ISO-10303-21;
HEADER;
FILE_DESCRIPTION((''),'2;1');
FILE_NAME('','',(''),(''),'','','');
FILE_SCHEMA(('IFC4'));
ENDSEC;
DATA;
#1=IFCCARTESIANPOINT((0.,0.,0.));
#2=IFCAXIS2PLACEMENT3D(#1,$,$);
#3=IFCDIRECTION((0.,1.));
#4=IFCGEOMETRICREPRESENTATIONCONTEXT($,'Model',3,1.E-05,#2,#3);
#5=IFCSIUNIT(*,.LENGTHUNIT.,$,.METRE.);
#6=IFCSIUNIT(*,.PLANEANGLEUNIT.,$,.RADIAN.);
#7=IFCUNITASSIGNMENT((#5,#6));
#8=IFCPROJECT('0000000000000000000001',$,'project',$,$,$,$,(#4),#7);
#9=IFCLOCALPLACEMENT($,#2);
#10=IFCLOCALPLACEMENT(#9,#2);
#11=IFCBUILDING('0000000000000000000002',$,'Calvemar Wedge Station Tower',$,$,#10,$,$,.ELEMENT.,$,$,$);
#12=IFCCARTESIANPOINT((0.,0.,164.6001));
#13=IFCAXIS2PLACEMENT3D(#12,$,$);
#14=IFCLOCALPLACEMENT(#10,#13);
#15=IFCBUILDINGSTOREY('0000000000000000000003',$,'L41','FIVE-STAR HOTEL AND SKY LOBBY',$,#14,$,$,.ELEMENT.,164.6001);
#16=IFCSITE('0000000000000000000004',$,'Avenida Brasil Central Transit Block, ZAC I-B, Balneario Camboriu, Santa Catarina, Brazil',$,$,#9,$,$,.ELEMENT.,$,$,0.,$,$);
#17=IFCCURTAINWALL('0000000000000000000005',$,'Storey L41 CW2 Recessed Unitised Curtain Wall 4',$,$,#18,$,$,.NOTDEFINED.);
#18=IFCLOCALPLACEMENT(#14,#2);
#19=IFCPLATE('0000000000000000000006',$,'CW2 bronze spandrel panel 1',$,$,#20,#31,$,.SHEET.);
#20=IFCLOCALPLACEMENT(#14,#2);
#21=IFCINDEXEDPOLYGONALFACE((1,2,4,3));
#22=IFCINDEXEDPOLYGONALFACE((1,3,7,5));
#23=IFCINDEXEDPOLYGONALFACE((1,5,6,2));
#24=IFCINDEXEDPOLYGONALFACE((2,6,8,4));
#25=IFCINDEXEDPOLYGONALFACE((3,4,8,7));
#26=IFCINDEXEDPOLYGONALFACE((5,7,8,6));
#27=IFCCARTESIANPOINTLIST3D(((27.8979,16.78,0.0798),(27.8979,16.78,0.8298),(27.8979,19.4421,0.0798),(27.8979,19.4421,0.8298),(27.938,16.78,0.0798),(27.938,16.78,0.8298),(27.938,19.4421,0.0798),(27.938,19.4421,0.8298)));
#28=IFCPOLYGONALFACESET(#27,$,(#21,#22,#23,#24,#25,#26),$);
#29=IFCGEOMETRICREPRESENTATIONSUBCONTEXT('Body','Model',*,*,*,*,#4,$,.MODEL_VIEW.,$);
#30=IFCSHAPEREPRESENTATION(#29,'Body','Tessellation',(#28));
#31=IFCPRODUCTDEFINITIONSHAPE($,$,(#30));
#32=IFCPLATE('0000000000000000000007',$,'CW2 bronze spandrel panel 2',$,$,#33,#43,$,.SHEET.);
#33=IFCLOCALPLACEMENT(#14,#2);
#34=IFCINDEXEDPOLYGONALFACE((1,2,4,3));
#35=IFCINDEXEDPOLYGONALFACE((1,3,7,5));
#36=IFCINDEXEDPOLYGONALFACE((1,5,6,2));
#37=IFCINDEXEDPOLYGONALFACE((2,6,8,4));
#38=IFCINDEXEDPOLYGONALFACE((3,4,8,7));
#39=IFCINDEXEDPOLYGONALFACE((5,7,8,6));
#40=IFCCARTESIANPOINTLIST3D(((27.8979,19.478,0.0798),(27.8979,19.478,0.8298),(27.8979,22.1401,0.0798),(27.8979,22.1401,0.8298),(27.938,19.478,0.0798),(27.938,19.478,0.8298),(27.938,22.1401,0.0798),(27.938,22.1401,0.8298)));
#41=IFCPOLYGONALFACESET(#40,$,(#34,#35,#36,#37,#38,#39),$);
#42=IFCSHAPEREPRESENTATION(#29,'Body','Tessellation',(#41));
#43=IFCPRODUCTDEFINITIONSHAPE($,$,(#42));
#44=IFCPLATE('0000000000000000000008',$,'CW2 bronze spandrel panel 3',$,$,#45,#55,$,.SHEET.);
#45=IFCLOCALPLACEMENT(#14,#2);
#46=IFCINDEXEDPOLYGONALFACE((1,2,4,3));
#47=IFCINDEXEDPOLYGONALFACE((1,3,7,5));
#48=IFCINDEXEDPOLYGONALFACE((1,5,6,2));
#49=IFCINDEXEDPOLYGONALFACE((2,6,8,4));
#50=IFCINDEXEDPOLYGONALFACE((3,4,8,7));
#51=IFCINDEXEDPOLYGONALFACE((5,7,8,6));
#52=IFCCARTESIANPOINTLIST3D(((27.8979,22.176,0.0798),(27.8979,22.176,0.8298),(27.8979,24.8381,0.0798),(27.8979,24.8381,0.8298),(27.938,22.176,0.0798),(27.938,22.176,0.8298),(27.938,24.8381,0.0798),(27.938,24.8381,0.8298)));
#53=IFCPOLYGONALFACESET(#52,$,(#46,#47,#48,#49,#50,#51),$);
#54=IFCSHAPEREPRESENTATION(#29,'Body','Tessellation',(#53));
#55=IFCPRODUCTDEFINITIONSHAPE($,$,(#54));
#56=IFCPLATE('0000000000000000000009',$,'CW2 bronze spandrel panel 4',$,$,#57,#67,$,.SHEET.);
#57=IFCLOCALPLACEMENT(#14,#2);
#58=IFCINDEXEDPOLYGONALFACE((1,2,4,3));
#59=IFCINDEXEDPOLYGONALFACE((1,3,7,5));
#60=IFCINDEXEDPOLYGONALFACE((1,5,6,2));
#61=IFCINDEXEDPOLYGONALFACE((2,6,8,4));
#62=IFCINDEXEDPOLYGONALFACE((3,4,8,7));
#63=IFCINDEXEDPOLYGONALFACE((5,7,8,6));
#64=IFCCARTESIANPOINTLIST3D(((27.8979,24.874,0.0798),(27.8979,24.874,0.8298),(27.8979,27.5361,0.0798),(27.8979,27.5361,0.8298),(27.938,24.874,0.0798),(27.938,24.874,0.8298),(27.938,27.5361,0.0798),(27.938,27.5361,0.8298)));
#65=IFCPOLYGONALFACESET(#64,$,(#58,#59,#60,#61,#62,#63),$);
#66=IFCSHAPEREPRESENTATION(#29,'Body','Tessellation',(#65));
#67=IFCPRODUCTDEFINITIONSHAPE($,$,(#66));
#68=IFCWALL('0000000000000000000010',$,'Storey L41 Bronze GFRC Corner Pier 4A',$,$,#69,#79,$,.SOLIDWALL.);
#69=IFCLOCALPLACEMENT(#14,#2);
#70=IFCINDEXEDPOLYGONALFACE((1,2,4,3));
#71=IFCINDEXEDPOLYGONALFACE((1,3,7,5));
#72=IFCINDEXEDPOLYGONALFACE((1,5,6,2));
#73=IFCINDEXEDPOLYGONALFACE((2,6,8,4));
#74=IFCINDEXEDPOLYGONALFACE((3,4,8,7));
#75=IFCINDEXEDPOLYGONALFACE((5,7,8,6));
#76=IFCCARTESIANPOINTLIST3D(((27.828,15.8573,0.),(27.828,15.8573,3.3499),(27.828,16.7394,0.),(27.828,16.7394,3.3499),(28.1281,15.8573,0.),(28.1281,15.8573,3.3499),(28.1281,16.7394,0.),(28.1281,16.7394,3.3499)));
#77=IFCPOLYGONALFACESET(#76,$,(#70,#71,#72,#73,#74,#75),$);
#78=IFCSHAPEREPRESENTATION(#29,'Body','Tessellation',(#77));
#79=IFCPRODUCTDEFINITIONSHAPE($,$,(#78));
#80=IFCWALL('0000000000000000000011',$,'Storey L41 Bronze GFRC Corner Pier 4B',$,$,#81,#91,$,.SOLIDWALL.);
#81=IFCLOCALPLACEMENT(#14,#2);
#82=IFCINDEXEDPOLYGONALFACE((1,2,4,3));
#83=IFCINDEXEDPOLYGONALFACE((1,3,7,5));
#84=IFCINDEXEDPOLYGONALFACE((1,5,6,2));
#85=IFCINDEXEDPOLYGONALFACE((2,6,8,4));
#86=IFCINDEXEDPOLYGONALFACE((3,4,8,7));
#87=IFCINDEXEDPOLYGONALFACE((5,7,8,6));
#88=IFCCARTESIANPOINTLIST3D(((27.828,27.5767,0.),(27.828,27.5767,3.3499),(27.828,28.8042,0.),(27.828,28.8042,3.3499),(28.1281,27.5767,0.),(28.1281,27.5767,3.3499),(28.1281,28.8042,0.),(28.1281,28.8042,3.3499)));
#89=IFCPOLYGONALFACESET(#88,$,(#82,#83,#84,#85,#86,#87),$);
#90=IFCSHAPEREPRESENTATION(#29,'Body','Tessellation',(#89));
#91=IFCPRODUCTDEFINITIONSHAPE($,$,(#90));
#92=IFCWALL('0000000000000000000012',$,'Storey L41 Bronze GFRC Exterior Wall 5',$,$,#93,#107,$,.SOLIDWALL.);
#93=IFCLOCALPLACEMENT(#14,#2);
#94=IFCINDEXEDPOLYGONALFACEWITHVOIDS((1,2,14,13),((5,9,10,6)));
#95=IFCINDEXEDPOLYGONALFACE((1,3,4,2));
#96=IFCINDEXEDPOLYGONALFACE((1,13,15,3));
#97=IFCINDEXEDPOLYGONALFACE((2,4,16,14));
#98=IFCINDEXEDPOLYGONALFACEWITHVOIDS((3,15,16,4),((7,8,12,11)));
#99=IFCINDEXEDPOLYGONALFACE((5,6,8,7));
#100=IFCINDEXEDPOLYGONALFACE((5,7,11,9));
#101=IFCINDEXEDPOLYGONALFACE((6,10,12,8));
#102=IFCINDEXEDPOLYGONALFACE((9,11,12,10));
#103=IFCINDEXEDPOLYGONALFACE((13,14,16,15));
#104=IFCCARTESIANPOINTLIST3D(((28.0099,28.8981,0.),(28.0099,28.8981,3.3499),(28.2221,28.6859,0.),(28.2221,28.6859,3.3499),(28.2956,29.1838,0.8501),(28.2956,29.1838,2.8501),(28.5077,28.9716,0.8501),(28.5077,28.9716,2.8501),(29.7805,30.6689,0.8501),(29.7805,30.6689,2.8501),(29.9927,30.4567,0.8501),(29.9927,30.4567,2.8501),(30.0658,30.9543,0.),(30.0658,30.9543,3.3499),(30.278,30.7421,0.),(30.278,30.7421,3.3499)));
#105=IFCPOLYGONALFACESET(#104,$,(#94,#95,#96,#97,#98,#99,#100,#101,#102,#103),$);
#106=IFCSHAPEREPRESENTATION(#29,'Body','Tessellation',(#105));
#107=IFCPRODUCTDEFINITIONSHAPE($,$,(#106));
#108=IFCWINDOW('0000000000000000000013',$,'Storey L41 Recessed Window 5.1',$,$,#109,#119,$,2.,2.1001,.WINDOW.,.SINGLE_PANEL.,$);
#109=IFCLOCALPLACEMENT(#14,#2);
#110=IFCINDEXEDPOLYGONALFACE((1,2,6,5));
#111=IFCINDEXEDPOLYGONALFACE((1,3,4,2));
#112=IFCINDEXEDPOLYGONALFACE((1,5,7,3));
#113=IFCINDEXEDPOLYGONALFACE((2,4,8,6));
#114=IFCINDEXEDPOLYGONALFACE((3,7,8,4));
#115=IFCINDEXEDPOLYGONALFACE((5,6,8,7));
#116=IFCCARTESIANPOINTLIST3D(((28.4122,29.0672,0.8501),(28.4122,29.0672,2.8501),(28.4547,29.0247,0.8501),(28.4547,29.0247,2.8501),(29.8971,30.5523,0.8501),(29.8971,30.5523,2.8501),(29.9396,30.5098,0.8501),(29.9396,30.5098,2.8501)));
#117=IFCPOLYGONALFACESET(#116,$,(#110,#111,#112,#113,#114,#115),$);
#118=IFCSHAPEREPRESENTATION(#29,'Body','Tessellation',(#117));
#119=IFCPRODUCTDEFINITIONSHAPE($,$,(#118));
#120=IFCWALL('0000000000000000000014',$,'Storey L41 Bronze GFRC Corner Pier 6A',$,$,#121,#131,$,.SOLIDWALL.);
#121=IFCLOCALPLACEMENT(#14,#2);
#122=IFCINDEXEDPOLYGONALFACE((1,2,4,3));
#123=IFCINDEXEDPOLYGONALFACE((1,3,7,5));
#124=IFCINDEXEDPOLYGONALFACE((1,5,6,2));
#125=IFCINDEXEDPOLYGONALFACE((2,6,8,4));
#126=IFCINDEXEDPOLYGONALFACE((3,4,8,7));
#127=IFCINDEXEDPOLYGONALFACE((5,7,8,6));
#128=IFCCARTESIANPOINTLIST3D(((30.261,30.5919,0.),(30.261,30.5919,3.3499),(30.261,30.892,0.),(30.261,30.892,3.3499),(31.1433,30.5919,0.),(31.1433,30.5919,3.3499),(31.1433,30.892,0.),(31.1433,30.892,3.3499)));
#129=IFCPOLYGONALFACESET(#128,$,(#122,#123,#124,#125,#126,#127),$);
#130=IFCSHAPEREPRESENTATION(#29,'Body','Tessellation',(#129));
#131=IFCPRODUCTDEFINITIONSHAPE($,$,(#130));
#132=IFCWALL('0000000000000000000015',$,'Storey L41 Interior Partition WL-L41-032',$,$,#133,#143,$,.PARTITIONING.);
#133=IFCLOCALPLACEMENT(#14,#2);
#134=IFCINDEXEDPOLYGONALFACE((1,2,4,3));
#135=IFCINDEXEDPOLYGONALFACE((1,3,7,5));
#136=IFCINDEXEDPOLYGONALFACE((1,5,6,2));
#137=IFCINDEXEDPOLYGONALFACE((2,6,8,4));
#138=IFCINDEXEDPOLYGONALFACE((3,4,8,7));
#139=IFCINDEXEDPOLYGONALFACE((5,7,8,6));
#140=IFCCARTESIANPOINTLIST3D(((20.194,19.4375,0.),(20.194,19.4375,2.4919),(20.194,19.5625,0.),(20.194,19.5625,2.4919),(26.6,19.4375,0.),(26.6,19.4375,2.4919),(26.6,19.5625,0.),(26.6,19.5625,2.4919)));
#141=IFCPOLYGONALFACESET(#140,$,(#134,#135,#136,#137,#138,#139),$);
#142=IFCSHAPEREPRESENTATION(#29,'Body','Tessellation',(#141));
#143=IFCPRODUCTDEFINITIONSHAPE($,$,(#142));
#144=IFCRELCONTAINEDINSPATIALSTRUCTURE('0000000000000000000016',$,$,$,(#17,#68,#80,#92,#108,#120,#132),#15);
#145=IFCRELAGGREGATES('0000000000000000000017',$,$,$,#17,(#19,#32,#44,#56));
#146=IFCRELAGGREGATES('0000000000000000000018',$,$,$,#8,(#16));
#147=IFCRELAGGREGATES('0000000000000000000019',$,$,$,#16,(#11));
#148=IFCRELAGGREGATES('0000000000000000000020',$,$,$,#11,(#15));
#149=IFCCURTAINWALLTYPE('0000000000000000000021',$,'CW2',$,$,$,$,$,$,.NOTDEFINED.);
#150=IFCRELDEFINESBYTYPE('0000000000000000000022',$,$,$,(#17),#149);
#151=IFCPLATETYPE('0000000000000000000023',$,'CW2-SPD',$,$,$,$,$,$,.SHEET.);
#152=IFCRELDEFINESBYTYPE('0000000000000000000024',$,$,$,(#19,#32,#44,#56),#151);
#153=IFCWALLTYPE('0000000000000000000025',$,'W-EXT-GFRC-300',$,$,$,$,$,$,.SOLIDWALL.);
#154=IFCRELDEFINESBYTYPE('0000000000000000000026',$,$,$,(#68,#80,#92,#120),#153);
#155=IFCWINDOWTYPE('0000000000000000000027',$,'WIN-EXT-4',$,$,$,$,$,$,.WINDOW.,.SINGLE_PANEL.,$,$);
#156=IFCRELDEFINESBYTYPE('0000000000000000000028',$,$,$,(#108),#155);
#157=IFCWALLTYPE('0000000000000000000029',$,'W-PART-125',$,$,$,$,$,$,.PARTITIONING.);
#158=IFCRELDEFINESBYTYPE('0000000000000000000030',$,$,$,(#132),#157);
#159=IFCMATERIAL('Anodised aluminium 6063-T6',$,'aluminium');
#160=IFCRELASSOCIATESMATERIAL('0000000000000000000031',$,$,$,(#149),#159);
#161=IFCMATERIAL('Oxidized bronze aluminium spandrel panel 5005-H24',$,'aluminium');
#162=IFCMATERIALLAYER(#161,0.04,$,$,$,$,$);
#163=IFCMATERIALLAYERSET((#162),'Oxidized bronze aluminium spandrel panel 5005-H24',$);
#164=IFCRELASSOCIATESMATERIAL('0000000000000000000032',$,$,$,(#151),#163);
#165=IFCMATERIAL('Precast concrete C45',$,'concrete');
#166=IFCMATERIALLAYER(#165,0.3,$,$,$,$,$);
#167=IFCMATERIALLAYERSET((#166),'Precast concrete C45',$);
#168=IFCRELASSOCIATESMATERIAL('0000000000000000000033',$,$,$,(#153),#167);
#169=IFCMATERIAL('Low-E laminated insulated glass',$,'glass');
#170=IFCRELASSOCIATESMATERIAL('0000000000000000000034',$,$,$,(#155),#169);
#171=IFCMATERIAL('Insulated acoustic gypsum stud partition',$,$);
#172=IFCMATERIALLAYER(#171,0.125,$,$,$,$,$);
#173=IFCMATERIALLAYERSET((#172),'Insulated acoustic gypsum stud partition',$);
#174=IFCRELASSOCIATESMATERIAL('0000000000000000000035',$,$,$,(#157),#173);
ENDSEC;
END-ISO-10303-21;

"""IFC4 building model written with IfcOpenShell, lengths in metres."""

from ifc_helpers import new_model, si_unit, direction, frame, frame_2d, origin, place, context, subcontext, project, spatial, rectangle, extrude, source, transform, mapped, material, layer, layer_set, type_object, element, fill, aggregate, save


model = new_model("IFC4")

# Units and contexts
model_context = context("Model", 3, precision=1e-05, world=origin(), true_north=direction((0.0, 1.0)))
body_context = subcontext(model_context, "Body", "Model", "MODEL_VIEW")
ifc_project = project(units=[si_unit("LENGTHUNIT", "METRE"), si_unit("PLANEANGLEUNIT", "RADIAN")], contexts=[model_context])

# Site, building, storey
site_placement = place(None, origin())
site = spatial("IfcSite", under=ifc_project, at=site_placement, Name="Avenida Brasil Central Transit Block, ZAC I-B, Balneario Camboriu, Santa Catarina, Brazil", CompositionType="ELEMENT", RefElevation=0.0)
building_placement = place(site_placement, origin())
building = spatial("IfcBuilding", under=site, at=building_placement, Name="Calvemar Wedge Station Tower", CompositionType="ELEMENT")
storey_placement = place(building_placement, frame((0.0, 0.0, 164.6001)))
storey = spatial("IfcBuildingStorey", under=building, at=storey_placement, Name="L41", Description="FIVE-STAR HOTEL AND SKY LOBBY", CompositionType="ELEMENT", Elevation=164.6001)

# Curtain wall
ifc_material_1 = material(Name="Anodised aluminium 6063-T6", Category="aluminium")
curtain_wall_type = type_object("IfcCurtainWallType", Name="CW2", PredefinedType="NOTDEFINED", material=ifc_material_1)
curtain_wall_1_placement = place(storey_placement, origin())
curtain_wall_1 = element("IfcCurtainWall", 1, at=curtain_wall_1_placement, inside=storey, type_object=curtain_wall_type, Name="Storey L41 CW2 Recessed Unitised Curtain Wall 4", PredefinedType="NOTDEFINED")

# Plates
ifc_material_2 = material(Name="Low-E laminated insulated glass", Category="glass")
ifc_material_3 = material(Name="Oxidized bronze aluminium spandrel panel 5005-H24", Category="aluminium")
ifc_layer_1 = layer(ifc_material_3, 0.04)
ifc_layer_set_1 = layer_set([ifc_layer_1], Name="Oxidized bronze aluminium spandrel panel 5005-H24")
plate_type_1 = type_object("IfcPlateType", Name="CW2-SPD", PredefinedType="SHEET", material=ifc_layer_set_1)
plate_1_placement = place(storey_placement, frame((27.918, 16.78, 0.0798), z_axis=(0.0, 0.0, 1.0), x_axis=(0.0, 1.0, 0.0)))
plate_1 = element("IfcPlate", 2, at=plate_1_placement, type_object=plate_type_1, Name="CW2 bronze spandrel panel 1", PredefinedType="SHEET", context=body_context, shape_type="SweptSolid", body=[
    extrude(rectangle(XDim=2.6621, YDim=0.04, at=frame_2d((1.3311, 0.0))), origin(), (0.0, 0.0, 1.0), 0.75),
])
plate_2_placement = place(storey_placement, frame((27.918, 19.478, 0.0798), z_axis=(0.0, 0.0, 1.0), x_axis=(0.0, 1.0, 0.0)))
plate_2 = element("IfcPlate", 3, at=plate_2_placement, type_object=plate_type_1, Name="CW2 bronze spandrel panel 2", PredefinedType="SHEET", context=body_context, shape_type="SweptSolid", body=[
    extrude(rectangle(XDim=2.6621, YDim=0.04, at=frame_2d((1.3311, 0.0))), origin(), (0.0, 0.0, 1.0), 0.75),
])
plate_3_placement = place(storey_placement, frame((27.918, 22.176, 0.0798), z_axis=(0.0, 0.0, 1.0), x_axis=(0.0, 1.0, 0.0)))
plate_3 = element("IfcPlate", 4, at=plate_3_placement, type_object=plate_type_1, Name="CW2 bronze spandrel panel 3", PredefinedType="SHEET", context=body_context, shape_type="SweptSolid", body=[
    extrude(rectangle(XDim=2.6621, YDim=0.04, at=frame_2d((1.3311, 0.0))), origin(), (0.0, 0.0, 1.0), 0.75),
])
plate_4_placement = place(storey_placement, frame((27.918, 24.874, 0.0798), z_axis=(0.0, 0.0, 1.0), x_axis=(0.0, 1.0, 0.0)))
plate_4 = element("IfcPlate", 5, at=plate_4_placement, type_object=plate_type_1, Name="CW2 bronze spandrel panel 4", PredefinedType="SHEET", context=body_context, shape_type="SweptSolid", body=[
    extrude(rectangle(XDim=2.6621, YDim=0.04, at=frame_2d((1.3311, 0.0))), origin(), (0.0, 0.0, 1.0), 0.75),
])
aggregate(curtain_wall_1, [plate_1, plate_2, plate_3, plate_4])

# Walls
ifc_material_4 = material(Name="Precast concrete C45", Category="concrete")
ifc_layer_2 = layer(ifc_material_4, 0.3)
ifc_layer_set_2 = layer_set([ifc_layer_2], Name="Precast concrete C45")
wall_type_1 = type_object("IfcWallType", Name="W-EXT-GFRC-300", PredefinedType="SOLIDWALL", material=ifc_layer_set_2)
wall_1_placement = place(storey_placement, frame((27.978, 15.8574, 0.0), z_axis=(0.0, 0.0, 1.0), x_axis=(0.0, 1.0, 0.0)))
element("IfcWall", 6, at=wall_1_placement, inside=storey, type_object=wall_type_1, Name="Storey L41 Bronze GFRC Corner Pier 4A", PredefinedType="SOLIDWALL", context=body_context, shape_type="SweptSolid", body=[
    extrude(rectangle(XDim=0.8821, YDim=0.3, at=frame_2d((0.4409, 0.0))), origin(), (0.0, 0.0, 1.0), 3.3499),
])
wall_2_placement = place(storey_placement, frame((27.978, 27.5767, 0.0), z_axis=(0.0, 0.0, 1.0), x_axis=(0.0, 1.0, 0.0)))
element("IfcWall", 7, at=wall_2_placement, inside=storey, type_object=wall_type_1, Name="Storey L41 Bronze GFRC Corner Pier 4B", PredefinedType="SOLIDWALL", context=body_context, shape_type="SweptSolid", body=[
    extrude(rectangle(XDim=1.2275, YDim=0.3, at=frame_2d((0.6138, 0.0))), origin(), (0.0, 0.0, 1.0), 3.3499),
])

# Wall, opening, window
wall_3_placement = place(storey_placement, frame((28.116, 28.792, 0.0), z_axis=(0.0, 0.0, 1.0), x_axis=(0.707065, 0.707149, 0.0)))
wall_3 = element("IfcWall", 8, at=wall_3_placement, inside=storey, type_object=wall_type_1, Name="Storey L41 Bronze GFRC Exterior Wall 5", PredefinedType="SOLIDWALL", context=body_context, shape_type="SweptSolid", body=[
    extrude(rectangle(XDim=2.9077, YDim=0.3, at=frame_2d((1.4539, 0.0))), origin(), (0.0, 0.0, 1.0), 3.3499),
])
shared_shape_1 = source(origin(), body_context, "Body", "SweptSolid", [
    extrude(rectangle(XDim=2.1001, YDim=2.0, at=frame_2d((1.05, 1.0))), frame((0.0, 0.1602, 0.0), z_axis=(0.0, -1.0, 0.0), x_axis=(1.0, 0.0, 0.0)), (0.0, 0.0, 1.0), 0.3201),
])
opening_placement = place(wall_3_placement, frame((0.4041, 0.0, 0.8501)))
opening = element("IfcOpeningElement", 9, at=opening_placement, cuts=wall_3, PredefinedType="OPENING", context=body_context, shape_type="MappedRepresentation", body=[
    mapped(shared_shape_1, transform((0.0, 0.0, 0.0), scale=1.0)),
])
window_type = type_object("IfcWindowType", Name="WIN-EXT-4", PartitioningType="SINGLE_PANEL", PredefinedType="WINDOW", material=ifc_material_2)
shared_shape_2 = source(origin(), body_context, "Body", "SweptSolid", [
    extrude(rectangle(XDim=2.1001, YDim=2.0, at=frame_2d((1.05, 1.0))), frame((0.0, -0.0149, 0.0), z_axis=(0.0, -1.0, 0.0), x_axis=(1.0, 0.0, 0.0)), (0.0, 0.0, 1.0), 0.0601),
])
window_placement = place(opening_placement, origin())
window = element("IfcWindow", 10, at=window_placement, inside=storey, type_object=window_type, Name="Storey L41 Recessed Window 5.1", OverallHeight=2.0, OverallWidth=2.1001, PartitioningType="SINGLE_PANEL", PredefinedType="WINDOW", context=body_context, shape_type="MappedRepresentation", body=[
    mapped(shared_shape_2, transform((0.0, 0.0, 0.0), scale=1.0)),
])
fill(opening, window)

# Walls
wall_4_placement = place(storey_placement, frame((30.261, 30.7419, 0.0), z_axis=(0.0, 0.0, 1.0), x_axis=(1.0, 0.0, 0.0)))
element("IfcWall", 11, at=wall_4_placement, inside=storey, type_object=wall_type_1, Name="Storey L41 Bronze GFRC Corner Pier 6A", PredefinedType="SOLIDWALL", context=body_context, shape_type="SweptSolid", body=[
    extrude(rectangle(XDim=0.8823, YDim=0.3, at=frame_2d((0.4412, 0.0))), origin(), (0.0, 0.0, 1.0), 3.3499),
])
ifc_material_5 = material(Name="Insulated acoustic gypsum stud partition")
ifc_layer_3 = layer(ifc_material_5, 0.125)
ifc_layer_set_3 = layer_set([ifc_layer_3], Name="Insulated acoustic gypsum stud partition")
wall_type_2 = type_object("IfcWallType", Name="W-PART-125", PredefinedType="PARTITIONING", material=ifc_layer_set_3)
wall_5_placement = place(storey_placement, frame((26.6001, 19.5, 0.0), z_axis=(0.0, 0.0, 1.0), x_axis=(-1.0, 0.0, 0.0)))
element("IfcWall", 12, at=wall_5_placement, inside=storey, type_object=wall_type_2, Name="Storey L41 Interior Partition WL-L41-032", PredefinedType="PARTITIONING", context=body_context, shape_type="SweptSolid", body=[
    extrude(rectangle(XDim=6.406, YDim=0.125, at=frame_2d((3.2031, 0.0))), origin(), (0.0, 0.0, 1.0), 2.4919),
])

save(model, "model.ifc")
